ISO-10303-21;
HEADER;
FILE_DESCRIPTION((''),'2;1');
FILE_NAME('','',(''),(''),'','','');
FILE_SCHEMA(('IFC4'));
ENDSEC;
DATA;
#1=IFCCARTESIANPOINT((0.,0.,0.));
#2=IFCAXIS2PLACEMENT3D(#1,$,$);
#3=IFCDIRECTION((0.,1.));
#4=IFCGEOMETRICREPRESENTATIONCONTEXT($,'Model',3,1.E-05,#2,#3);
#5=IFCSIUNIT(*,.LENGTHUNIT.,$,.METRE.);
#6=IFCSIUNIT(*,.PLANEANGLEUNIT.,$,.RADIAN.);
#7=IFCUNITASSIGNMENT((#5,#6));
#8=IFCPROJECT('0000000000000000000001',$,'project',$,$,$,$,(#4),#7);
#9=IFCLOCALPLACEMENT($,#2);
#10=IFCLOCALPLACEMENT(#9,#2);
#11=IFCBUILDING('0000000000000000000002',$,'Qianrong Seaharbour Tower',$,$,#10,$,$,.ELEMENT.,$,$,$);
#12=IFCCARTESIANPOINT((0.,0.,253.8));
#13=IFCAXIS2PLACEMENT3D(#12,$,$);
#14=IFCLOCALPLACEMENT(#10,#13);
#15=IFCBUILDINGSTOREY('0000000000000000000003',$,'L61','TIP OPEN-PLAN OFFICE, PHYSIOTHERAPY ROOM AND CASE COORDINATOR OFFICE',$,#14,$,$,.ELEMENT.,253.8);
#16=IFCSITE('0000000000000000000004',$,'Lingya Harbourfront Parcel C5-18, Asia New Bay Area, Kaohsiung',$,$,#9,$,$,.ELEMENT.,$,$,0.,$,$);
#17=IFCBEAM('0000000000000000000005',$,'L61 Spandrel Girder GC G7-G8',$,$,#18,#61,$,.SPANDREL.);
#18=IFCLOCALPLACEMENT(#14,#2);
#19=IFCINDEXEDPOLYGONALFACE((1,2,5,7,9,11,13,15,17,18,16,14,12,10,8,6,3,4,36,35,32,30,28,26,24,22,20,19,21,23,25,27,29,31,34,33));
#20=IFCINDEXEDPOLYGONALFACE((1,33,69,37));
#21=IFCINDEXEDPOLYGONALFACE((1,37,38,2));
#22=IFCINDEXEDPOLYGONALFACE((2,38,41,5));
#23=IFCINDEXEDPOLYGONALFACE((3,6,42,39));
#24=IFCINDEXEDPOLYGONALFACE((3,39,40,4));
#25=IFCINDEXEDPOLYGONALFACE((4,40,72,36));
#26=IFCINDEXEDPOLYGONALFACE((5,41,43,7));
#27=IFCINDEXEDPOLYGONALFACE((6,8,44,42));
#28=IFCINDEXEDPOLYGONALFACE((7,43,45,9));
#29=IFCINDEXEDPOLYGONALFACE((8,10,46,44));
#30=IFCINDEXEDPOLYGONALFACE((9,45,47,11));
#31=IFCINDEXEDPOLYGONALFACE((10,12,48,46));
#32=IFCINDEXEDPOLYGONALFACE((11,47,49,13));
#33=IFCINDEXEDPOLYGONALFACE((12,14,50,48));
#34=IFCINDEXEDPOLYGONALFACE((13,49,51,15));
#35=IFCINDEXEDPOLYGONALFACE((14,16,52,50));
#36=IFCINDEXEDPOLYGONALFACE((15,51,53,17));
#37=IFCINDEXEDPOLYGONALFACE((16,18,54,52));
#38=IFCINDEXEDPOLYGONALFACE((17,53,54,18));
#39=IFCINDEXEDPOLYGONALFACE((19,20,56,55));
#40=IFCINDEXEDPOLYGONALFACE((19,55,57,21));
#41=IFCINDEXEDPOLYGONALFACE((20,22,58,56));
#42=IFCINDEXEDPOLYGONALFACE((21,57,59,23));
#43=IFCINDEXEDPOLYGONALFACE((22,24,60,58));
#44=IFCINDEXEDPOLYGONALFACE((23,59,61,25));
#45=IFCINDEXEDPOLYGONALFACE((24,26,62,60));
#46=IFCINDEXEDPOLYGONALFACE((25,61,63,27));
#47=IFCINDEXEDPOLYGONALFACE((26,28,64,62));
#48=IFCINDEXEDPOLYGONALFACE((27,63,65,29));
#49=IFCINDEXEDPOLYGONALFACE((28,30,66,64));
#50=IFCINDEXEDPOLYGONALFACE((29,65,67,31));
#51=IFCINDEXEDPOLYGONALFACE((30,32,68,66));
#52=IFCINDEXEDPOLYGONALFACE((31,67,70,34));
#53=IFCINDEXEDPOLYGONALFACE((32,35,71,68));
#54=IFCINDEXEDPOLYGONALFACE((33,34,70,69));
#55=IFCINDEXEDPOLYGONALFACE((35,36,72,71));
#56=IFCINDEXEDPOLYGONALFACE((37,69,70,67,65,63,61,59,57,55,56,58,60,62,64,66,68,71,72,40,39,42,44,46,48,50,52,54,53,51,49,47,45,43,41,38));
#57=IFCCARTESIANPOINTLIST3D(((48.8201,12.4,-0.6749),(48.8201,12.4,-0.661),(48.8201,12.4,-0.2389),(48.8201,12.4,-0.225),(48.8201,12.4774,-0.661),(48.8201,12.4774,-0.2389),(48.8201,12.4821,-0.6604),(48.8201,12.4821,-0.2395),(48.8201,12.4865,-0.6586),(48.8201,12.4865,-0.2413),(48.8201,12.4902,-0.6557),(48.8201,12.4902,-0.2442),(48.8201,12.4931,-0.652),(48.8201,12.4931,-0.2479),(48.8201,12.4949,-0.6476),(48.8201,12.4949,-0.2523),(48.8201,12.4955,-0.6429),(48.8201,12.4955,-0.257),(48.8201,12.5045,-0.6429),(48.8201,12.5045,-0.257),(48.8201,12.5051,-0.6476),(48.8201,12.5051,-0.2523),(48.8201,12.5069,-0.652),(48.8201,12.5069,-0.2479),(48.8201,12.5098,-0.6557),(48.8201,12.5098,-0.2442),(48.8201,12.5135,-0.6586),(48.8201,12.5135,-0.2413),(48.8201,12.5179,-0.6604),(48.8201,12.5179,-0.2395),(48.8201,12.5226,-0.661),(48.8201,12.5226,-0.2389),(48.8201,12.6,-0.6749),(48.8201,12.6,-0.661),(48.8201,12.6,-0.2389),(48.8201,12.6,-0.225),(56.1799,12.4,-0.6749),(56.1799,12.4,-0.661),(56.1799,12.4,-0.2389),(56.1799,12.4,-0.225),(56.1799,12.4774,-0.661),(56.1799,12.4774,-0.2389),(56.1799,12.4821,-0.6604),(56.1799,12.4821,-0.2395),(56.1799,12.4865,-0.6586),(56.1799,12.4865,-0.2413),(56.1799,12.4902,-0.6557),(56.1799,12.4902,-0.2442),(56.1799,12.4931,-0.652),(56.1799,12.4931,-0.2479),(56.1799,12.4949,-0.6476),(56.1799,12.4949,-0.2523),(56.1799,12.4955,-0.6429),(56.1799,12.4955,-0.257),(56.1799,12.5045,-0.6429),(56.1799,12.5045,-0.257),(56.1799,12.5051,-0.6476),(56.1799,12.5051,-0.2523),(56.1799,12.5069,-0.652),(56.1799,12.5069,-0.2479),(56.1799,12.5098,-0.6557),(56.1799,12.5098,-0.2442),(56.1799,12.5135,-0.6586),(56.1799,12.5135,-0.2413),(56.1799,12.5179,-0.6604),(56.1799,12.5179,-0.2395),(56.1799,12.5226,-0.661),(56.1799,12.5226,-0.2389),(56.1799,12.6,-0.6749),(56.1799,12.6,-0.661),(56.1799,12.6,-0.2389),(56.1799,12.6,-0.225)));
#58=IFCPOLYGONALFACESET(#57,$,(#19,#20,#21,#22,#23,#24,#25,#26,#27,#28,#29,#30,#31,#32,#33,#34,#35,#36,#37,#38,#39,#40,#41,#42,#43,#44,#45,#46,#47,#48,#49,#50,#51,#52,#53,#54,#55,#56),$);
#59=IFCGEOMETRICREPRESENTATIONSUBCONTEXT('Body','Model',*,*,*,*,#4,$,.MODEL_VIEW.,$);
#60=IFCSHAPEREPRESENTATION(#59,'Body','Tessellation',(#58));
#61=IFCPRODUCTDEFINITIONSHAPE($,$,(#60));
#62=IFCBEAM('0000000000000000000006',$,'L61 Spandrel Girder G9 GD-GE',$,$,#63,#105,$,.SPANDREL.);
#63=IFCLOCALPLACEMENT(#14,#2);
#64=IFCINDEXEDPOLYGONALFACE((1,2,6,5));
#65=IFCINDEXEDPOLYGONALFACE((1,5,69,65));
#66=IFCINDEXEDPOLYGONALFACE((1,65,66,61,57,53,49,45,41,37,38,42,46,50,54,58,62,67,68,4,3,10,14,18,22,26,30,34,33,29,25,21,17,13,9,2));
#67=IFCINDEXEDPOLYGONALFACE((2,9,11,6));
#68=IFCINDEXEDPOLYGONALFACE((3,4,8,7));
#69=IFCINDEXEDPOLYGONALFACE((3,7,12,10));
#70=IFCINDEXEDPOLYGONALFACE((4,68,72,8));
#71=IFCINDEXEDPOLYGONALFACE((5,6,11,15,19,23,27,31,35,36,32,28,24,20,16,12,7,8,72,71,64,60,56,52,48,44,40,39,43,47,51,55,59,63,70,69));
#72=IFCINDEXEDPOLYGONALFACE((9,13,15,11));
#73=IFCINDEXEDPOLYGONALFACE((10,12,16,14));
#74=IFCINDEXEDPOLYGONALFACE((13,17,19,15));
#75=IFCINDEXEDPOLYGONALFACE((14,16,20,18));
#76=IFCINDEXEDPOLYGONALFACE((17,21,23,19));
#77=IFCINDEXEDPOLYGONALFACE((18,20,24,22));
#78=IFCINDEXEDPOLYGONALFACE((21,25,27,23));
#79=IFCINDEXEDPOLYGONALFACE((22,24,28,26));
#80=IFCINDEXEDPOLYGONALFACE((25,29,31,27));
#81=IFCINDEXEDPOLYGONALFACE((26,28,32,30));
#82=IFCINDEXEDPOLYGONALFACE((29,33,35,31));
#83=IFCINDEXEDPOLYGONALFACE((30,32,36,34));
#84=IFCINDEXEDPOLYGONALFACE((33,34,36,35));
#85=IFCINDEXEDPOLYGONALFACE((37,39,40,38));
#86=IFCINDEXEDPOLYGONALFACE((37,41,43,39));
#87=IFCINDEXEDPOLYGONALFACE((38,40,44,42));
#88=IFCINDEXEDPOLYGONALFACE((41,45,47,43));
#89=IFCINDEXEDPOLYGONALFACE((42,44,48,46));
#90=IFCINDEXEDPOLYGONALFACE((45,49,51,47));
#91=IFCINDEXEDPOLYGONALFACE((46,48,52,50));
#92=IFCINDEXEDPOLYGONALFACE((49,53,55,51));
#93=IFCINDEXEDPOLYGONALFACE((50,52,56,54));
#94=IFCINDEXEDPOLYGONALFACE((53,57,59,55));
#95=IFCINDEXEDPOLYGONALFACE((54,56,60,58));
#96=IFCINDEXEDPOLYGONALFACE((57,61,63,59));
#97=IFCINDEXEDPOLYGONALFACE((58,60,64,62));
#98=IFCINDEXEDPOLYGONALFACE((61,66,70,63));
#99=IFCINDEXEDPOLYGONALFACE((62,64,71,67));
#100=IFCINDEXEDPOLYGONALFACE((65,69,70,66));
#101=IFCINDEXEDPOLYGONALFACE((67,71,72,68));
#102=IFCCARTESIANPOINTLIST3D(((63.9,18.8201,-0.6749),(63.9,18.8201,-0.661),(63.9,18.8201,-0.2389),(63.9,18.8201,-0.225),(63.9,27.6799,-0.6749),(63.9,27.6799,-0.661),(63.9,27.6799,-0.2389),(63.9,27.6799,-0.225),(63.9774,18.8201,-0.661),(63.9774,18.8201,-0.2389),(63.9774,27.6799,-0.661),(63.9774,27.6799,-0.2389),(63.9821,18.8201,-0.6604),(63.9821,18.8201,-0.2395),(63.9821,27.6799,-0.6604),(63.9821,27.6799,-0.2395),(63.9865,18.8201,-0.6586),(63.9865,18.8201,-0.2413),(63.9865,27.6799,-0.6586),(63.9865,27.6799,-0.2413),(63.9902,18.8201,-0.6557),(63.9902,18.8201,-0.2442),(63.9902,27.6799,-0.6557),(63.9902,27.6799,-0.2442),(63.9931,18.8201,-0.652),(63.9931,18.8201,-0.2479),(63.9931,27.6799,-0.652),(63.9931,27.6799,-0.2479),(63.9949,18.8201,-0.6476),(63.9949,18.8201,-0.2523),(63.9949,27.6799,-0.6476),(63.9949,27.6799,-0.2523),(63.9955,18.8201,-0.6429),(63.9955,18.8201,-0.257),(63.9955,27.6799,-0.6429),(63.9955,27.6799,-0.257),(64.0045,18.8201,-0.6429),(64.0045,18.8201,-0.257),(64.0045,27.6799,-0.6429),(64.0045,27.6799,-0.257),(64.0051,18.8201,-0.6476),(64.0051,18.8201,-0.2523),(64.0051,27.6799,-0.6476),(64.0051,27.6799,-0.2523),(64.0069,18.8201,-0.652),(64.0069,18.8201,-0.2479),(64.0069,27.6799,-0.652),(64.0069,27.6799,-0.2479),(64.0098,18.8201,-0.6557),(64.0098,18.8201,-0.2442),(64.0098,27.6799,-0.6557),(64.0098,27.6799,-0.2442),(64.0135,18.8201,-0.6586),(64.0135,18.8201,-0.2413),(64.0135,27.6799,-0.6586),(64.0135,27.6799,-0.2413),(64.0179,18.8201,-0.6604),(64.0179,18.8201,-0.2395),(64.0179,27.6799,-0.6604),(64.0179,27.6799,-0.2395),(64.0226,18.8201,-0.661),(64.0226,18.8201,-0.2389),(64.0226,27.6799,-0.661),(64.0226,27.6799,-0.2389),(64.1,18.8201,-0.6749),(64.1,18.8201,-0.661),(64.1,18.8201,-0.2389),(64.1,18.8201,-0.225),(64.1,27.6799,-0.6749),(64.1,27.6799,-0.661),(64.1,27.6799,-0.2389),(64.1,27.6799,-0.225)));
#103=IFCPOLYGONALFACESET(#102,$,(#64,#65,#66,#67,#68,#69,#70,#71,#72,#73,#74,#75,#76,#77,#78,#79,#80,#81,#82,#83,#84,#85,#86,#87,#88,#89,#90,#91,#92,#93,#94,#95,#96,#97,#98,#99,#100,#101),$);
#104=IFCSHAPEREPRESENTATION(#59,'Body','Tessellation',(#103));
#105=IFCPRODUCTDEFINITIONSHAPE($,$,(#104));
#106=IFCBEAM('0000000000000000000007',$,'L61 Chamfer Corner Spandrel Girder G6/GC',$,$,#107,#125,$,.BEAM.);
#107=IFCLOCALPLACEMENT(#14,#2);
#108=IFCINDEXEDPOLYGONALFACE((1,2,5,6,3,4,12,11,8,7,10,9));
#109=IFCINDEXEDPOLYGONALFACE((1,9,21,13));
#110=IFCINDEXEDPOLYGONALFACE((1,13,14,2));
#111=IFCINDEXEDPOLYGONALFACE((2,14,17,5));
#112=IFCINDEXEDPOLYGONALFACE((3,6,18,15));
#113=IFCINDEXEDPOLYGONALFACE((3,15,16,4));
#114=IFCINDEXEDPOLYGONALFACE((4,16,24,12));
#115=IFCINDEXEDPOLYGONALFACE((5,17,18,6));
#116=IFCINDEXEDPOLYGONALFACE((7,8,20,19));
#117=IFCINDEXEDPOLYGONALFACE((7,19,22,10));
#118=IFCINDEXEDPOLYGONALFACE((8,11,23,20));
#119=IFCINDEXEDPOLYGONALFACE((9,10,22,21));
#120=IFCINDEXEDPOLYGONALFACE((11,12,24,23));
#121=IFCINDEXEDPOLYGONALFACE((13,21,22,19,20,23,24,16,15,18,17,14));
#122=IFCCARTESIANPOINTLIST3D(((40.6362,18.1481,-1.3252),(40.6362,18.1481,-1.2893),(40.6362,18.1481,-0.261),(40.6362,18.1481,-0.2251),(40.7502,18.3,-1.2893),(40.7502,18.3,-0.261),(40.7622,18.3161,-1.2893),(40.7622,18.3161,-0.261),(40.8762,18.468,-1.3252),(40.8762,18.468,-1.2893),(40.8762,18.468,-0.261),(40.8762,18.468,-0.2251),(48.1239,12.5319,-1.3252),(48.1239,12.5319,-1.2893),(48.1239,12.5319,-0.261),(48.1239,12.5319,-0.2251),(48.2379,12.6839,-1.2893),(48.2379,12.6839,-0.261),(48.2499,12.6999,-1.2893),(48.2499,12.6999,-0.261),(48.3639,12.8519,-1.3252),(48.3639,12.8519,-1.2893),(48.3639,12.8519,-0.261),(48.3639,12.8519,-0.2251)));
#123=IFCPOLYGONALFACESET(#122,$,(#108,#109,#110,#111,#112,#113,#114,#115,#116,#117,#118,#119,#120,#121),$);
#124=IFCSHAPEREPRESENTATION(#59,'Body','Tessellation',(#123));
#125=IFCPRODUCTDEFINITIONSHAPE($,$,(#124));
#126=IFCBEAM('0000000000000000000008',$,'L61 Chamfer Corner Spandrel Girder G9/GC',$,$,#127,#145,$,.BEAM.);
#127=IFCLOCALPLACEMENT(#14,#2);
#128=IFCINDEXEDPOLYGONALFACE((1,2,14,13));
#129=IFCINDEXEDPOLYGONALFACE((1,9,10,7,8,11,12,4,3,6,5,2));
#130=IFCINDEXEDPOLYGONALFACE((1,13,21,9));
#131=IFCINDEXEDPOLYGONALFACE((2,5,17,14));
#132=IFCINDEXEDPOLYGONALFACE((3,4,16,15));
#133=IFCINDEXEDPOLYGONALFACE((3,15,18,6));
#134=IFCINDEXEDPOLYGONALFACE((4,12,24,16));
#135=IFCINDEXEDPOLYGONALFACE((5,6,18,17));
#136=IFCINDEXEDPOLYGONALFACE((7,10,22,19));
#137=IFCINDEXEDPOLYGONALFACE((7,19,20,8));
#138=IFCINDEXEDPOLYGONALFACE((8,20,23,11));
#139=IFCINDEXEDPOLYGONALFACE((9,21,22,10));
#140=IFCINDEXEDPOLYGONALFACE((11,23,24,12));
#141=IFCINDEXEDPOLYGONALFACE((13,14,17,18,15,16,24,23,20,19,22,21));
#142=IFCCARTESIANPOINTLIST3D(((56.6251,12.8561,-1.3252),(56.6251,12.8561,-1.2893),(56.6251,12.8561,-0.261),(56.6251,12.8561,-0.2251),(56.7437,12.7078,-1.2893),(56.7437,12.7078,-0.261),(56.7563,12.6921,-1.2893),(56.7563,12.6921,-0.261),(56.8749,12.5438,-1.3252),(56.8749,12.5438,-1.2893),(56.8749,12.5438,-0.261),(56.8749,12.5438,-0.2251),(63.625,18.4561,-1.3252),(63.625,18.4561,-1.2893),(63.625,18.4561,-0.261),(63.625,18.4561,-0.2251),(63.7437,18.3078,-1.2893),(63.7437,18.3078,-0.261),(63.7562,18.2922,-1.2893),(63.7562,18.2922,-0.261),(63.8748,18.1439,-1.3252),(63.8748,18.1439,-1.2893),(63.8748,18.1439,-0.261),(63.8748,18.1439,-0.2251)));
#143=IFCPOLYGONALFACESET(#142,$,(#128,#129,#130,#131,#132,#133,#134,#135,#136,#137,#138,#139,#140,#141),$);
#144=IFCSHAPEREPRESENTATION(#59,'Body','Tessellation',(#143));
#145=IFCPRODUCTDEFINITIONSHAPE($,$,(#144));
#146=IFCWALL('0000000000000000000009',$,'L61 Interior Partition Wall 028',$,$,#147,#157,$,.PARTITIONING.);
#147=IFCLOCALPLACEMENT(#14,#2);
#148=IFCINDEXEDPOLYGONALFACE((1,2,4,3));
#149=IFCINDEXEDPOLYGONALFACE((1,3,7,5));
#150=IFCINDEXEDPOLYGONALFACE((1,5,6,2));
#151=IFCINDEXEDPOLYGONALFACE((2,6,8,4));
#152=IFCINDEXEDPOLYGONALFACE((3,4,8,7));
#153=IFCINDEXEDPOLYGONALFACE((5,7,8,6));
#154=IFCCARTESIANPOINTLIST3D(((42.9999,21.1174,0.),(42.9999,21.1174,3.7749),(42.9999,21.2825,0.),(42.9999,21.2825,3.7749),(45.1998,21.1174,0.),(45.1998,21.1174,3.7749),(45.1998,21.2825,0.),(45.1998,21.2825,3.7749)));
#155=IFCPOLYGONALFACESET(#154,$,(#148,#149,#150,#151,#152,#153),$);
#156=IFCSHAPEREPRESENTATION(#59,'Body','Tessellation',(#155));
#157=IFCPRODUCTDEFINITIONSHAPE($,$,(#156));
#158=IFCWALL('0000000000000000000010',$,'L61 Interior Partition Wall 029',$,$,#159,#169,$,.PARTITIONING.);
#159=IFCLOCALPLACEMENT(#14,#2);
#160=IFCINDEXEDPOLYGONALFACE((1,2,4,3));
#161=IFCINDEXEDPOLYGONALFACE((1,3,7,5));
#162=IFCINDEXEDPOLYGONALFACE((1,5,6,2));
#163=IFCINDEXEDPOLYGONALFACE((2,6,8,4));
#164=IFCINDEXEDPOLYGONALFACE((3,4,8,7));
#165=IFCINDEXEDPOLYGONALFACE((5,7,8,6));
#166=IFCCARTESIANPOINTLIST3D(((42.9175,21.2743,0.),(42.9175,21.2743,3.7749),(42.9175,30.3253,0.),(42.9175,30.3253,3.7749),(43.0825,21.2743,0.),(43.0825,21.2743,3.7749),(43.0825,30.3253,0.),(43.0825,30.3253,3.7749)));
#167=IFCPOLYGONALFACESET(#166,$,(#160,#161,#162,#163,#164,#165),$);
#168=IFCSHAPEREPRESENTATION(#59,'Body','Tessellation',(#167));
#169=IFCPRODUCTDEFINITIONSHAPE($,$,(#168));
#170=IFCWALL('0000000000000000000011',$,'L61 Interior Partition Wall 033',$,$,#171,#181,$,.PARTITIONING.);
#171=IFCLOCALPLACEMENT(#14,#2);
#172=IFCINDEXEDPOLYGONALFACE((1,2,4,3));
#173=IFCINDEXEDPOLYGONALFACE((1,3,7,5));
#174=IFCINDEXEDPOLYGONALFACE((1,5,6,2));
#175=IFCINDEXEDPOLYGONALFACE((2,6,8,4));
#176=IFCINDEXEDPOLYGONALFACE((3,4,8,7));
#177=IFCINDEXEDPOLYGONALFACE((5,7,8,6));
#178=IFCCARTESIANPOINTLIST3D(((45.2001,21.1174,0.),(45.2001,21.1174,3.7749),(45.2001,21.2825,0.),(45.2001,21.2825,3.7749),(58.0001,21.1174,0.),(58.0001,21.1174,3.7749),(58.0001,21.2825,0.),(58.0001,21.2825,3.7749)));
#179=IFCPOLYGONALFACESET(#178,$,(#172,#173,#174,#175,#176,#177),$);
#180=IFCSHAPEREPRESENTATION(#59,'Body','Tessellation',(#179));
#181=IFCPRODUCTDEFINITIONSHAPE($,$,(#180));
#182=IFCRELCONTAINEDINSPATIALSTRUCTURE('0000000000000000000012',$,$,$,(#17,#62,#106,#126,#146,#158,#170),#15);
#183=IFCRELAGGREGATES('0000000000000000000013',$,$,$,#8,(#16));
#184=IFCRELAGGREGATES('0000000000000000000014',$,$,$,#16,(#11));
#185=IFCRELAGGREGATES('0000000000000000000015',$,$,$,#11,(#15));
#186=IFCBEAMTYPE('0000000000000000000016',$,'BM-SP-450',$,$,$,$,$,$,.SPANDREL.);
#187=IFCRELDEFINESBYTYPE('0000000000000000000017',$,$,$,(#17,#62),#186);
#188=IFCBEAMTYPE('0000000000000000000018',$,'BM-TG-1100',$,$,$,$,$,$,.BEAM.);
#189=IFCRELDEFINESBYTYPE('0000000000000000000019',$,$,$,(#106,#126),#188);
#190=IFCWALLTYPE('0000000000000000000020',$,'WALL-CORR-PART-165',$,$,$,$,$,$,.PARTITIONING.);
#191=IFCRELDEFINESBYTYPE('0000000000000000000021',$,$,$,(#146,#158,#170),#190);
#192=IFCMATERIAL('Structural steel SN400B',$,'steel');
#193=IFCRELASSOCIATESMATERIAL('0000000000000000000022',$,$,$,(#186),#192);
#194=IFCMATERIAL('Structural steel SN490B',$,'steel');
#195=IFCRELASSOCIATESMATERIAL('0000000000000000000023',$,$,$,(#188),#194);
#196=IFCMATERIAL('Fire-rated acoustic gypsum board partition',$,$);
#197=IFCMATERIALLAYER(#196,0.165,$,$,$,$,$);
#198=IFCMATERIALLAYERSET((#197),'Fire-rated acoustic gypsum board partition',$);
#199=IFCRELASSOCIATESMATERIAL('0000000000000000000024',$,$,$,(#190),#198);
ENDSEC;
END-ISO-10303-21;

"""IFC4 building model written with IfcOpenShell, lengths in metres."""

from ifc_helpers import new_model, si_unit, direction, frame, frame_2d, origin, origin_2d, place, context, subcontext, project, spatial, rectangle, i_section, extrude, material, layer, layer_set, material_profile, profile_set, type_object, element, save


model = new_model("IFC4")

# Units and contexts
model_context = context("Model", 3, precision=1e-05, world=origin(), true_north=direction((0.0, 1.0)))
body_context = subcontext(model_context, "Body", "Model", "MODEL_VIEW")
ifc_project = project(units=[si_unit("LENGTHUNIT", "METRE"), si_unit("PLANEANGLEUNIT", "RADIAN")], contexts=[model_context])

# Site, building, storey
site_placement = place(None, origin())
site = spatial("IfcSite", under=ifc_project, at=site_placement, Name="Lingya Harbourfront Parcel C5-18, Asia New Bay Area, Kaohsiung", CompositionType="ELEMENT", RefElevation=0.0)
building_placement = place(site_placement, origin())
building = spatial("IfcBuilding", under=site, at=building_placement, Name="Qianrong Seaharbour Tower", CompositionType="ELEMENT")
storey_placement = place(building_placement, frame((0.0, 0.0, 253.8)))
storey = spatial("IfcBuildingStorey", under=building, at=storey_placement, Name="L61", Description="TIP OPEN-PLAN OFFICE, PHYSIOTHERAPY ROOM AND CASE COORDINATOR OFFICE", CompositionType="ELEMENT", Elevation=253.8)

# Shared definitions
ifc_material_1 = material(Name="Structural steel SN490B", Category="steel")

# Beams
ifc_material_2 = material(Name="Structural steel SN400B", Category="steel")
ifc_material_profile_1 = material_profile(ifc_material_2, i_section(OverallWidth=0.2, OverallDepth=0.45, WebThickness=0.009, FlangeThickness=0.0139, FilletRadius=0.0181, at=origin_2d()), Name="H450x200x9x14")
ifc_profile_set_1 = profile_set([ifc_material_profile_1], Name="Structural steel SN400B")
beam_type_1 = type_object("IfcBeamType", Name="BM-SP-450", PredefinedType="SPANDREL", material=ifc_profile_set_1)
beam_1_placement = place(storey_placement, frame((48.8201, 12.5, -0.45), z_axis=(1.0, 0.0, 0.0), x_axis=(0.0, 1.0, 0.0)))
element("IfcBeam", 1, at=beam_1_placement, inside=storey, type_object=beam_type_1, Name="L61 Spandrel Girder GC G7-G8", PredefinedType="SPANDREL", context=body_context, shape_type="SweptSolid", body=[
    extrude(i_section(OverallWidth=0.2, OverallDepth=0.45, WebThickness=0.009, FlangeThickness=0.0139, FilletRadius=0.0181, at=origin_2d()), origin(), (0.0, 0.0, 1.0), 7.3599),
])
beam_2_placement = place(storey_placement, frame((64.0, 18.8201, -0.45), z_axis=(0.0, 1.0, 0.0), x_axis=(-1.0, 0.0, 0.0)))
element("IfcBeam", 2, at=beam_2_placement, inside=storey, type_object=beam_type_1, Name="L61 Spandrel Girder G9 GD-GE", PredefinedType="SPANDREL", context=body_context, shape_type="SweptSolid", body=[
    extrude(i_section(OverallWidth=0.2, OverallDepth=0.45, WebThickness=0.009, FlangeThickness=0.0139, FilletRadius=0.0181, at=origin_2d()), origin(), (0.0, 0.0, 1.0), 8.8599),
])
ifc_material_profile_2 = material_profile(ifc_material_1, i_section(OverallWidth=0.3999, OverallDepth=1.1001, WebThickness=0.02, FlangeThickness=0.0359, at=origin_2d()), Name="BH1100x400x20x36")
ifc_profile_set_2 = profile_set([ifc_material_profile_2], Name="Structural steel SN490B")
beam_type_2 = type_object("IfcBeamType", Name="BM-TG-1100", PredefinedType="BEAM", material=ifc_profile_set_2)
beam_3_placement = place(storey_placement, frame((48.2439, 12.6919, -0.7751), z_axis=(-0.799981, 0.600025, 0.0), x_axis=(-0.600025, -0.799981, 0.0)))
element("IfcBeam", 3, at=beam_3_placement, inside=storey, type_object=beam_type_2, Name="L61 Chamfer Corner Spandrel Girder G6/GC", PredefinedType="BEAM", context=body_context, shape_type="SweptSolid", body=[
    extrude(i_section(OverallWidth=0.3999, OverallDepth=1.1001, WebThickness=0.02, FlangeThickness=0.0359, at=origin_2d()), origin(), (0.0, 0.0, 1.0), 9.3599),
])
beam_4_placement = place(storey_placement, frame((56.75, 12.7, -0.7751), z_axis=(0.780863, 0.624702, 0.0), x_axis=(-0.624702, 0.780863, 0.0)))
element("IfcBeam", 4, at=beam_4_placement, inside=storey, type_object=beam_type_2, Name="L61 Chamfer Corner Spandrel Girder G9/GC", PredefinedType="BEAM", context=body_context, shape_type="SweptSolid", body=[
    extrude(i_section(OverallWidth=0.3999, OverallDepth=1.1001, WebThickness=0.02, FlangeThickness=0.0359, at=origin_2d()), origin(), (0.0, 0.0, 1.0), 8.9644),
])

# Walls
ifc_material_3 = material(Name="Fire-rated acoustic gypsum board partition")
ifc_layer_1 = layer(ifc_material_3, 0.165)
ifc_layer_set_1 = layer_set([ifc_layer_1], Name="Fire-rated acoustic gypsum board partition")
wall_type_1 = type_object("IfcWallType", Name="WALL-CORR-PART-165", PredefinedType="PARTITIONING", material=ifc_layer_set_1)
wall_1_placement = place(storey_placement, frame((45.2, 21.2, 0.0), z_axis=(0.0, 0.0, 1.0), x_axis=(-1.0, 0.0, 0.0)))
element("IfcWall", 5, at=wall_1_placement, inside=storey, type_object=wall_type_1, Name="L61 Interior Partition Wall 028", PredefinedType="PARTITIONING", context=body_context, shape_type="SweptSolid", body=[
    extrude(rectangle(XDim=2.2, YDim=0.165, at=frame_2d((1.1001, 0.0))), origin(), (0.0, 0.0, 1.0), 3.7749),
])
wall_2_placement = place(storey_placement, frame((43.0, 21.2744, 0.0), z_axis=(0.0, 0.0, 1.0), x_axis=(0.0, 1.0, 0.0)))
element("IfcWall", 6, at=wall_2_placement, inside=storey, type_object=wall_type_1, Name="L61 Interior Partition Wall 029", PredefinedType="PARTITIONING", context=body_context, shape_type="SweptSolid", body=[
    extrude(rectangle(XDim=9.051, YDim=0.165, at=frame_2d((4.5254, 0.0))), origin(), (0.0, 0.0, 1.0), 3.7749),
])
wall_3_placement = place(storey_placement, frame((58.0, 21.2, 0.0), z_axis=(0.0, 0.0, 1.0), x_axis=(-1.0, 0.0, 0.0)))
element("IfcWall", 7, at=wall_3_placement, inside=storey, type_object=wall_type_1, Name="L61 Interior Partition Wall 033", PredefinedType="PARTITIONING", context=body_context, shape_type="SweptSolid", body=[
    extrude(rectangle(XDim=12.8, YDim=0.165, at=frame_2d((6.3999, 0.0))), origin(), (0.0, 0.0, 1.0), 3.7749),
])

save(model, "model.ifc")
